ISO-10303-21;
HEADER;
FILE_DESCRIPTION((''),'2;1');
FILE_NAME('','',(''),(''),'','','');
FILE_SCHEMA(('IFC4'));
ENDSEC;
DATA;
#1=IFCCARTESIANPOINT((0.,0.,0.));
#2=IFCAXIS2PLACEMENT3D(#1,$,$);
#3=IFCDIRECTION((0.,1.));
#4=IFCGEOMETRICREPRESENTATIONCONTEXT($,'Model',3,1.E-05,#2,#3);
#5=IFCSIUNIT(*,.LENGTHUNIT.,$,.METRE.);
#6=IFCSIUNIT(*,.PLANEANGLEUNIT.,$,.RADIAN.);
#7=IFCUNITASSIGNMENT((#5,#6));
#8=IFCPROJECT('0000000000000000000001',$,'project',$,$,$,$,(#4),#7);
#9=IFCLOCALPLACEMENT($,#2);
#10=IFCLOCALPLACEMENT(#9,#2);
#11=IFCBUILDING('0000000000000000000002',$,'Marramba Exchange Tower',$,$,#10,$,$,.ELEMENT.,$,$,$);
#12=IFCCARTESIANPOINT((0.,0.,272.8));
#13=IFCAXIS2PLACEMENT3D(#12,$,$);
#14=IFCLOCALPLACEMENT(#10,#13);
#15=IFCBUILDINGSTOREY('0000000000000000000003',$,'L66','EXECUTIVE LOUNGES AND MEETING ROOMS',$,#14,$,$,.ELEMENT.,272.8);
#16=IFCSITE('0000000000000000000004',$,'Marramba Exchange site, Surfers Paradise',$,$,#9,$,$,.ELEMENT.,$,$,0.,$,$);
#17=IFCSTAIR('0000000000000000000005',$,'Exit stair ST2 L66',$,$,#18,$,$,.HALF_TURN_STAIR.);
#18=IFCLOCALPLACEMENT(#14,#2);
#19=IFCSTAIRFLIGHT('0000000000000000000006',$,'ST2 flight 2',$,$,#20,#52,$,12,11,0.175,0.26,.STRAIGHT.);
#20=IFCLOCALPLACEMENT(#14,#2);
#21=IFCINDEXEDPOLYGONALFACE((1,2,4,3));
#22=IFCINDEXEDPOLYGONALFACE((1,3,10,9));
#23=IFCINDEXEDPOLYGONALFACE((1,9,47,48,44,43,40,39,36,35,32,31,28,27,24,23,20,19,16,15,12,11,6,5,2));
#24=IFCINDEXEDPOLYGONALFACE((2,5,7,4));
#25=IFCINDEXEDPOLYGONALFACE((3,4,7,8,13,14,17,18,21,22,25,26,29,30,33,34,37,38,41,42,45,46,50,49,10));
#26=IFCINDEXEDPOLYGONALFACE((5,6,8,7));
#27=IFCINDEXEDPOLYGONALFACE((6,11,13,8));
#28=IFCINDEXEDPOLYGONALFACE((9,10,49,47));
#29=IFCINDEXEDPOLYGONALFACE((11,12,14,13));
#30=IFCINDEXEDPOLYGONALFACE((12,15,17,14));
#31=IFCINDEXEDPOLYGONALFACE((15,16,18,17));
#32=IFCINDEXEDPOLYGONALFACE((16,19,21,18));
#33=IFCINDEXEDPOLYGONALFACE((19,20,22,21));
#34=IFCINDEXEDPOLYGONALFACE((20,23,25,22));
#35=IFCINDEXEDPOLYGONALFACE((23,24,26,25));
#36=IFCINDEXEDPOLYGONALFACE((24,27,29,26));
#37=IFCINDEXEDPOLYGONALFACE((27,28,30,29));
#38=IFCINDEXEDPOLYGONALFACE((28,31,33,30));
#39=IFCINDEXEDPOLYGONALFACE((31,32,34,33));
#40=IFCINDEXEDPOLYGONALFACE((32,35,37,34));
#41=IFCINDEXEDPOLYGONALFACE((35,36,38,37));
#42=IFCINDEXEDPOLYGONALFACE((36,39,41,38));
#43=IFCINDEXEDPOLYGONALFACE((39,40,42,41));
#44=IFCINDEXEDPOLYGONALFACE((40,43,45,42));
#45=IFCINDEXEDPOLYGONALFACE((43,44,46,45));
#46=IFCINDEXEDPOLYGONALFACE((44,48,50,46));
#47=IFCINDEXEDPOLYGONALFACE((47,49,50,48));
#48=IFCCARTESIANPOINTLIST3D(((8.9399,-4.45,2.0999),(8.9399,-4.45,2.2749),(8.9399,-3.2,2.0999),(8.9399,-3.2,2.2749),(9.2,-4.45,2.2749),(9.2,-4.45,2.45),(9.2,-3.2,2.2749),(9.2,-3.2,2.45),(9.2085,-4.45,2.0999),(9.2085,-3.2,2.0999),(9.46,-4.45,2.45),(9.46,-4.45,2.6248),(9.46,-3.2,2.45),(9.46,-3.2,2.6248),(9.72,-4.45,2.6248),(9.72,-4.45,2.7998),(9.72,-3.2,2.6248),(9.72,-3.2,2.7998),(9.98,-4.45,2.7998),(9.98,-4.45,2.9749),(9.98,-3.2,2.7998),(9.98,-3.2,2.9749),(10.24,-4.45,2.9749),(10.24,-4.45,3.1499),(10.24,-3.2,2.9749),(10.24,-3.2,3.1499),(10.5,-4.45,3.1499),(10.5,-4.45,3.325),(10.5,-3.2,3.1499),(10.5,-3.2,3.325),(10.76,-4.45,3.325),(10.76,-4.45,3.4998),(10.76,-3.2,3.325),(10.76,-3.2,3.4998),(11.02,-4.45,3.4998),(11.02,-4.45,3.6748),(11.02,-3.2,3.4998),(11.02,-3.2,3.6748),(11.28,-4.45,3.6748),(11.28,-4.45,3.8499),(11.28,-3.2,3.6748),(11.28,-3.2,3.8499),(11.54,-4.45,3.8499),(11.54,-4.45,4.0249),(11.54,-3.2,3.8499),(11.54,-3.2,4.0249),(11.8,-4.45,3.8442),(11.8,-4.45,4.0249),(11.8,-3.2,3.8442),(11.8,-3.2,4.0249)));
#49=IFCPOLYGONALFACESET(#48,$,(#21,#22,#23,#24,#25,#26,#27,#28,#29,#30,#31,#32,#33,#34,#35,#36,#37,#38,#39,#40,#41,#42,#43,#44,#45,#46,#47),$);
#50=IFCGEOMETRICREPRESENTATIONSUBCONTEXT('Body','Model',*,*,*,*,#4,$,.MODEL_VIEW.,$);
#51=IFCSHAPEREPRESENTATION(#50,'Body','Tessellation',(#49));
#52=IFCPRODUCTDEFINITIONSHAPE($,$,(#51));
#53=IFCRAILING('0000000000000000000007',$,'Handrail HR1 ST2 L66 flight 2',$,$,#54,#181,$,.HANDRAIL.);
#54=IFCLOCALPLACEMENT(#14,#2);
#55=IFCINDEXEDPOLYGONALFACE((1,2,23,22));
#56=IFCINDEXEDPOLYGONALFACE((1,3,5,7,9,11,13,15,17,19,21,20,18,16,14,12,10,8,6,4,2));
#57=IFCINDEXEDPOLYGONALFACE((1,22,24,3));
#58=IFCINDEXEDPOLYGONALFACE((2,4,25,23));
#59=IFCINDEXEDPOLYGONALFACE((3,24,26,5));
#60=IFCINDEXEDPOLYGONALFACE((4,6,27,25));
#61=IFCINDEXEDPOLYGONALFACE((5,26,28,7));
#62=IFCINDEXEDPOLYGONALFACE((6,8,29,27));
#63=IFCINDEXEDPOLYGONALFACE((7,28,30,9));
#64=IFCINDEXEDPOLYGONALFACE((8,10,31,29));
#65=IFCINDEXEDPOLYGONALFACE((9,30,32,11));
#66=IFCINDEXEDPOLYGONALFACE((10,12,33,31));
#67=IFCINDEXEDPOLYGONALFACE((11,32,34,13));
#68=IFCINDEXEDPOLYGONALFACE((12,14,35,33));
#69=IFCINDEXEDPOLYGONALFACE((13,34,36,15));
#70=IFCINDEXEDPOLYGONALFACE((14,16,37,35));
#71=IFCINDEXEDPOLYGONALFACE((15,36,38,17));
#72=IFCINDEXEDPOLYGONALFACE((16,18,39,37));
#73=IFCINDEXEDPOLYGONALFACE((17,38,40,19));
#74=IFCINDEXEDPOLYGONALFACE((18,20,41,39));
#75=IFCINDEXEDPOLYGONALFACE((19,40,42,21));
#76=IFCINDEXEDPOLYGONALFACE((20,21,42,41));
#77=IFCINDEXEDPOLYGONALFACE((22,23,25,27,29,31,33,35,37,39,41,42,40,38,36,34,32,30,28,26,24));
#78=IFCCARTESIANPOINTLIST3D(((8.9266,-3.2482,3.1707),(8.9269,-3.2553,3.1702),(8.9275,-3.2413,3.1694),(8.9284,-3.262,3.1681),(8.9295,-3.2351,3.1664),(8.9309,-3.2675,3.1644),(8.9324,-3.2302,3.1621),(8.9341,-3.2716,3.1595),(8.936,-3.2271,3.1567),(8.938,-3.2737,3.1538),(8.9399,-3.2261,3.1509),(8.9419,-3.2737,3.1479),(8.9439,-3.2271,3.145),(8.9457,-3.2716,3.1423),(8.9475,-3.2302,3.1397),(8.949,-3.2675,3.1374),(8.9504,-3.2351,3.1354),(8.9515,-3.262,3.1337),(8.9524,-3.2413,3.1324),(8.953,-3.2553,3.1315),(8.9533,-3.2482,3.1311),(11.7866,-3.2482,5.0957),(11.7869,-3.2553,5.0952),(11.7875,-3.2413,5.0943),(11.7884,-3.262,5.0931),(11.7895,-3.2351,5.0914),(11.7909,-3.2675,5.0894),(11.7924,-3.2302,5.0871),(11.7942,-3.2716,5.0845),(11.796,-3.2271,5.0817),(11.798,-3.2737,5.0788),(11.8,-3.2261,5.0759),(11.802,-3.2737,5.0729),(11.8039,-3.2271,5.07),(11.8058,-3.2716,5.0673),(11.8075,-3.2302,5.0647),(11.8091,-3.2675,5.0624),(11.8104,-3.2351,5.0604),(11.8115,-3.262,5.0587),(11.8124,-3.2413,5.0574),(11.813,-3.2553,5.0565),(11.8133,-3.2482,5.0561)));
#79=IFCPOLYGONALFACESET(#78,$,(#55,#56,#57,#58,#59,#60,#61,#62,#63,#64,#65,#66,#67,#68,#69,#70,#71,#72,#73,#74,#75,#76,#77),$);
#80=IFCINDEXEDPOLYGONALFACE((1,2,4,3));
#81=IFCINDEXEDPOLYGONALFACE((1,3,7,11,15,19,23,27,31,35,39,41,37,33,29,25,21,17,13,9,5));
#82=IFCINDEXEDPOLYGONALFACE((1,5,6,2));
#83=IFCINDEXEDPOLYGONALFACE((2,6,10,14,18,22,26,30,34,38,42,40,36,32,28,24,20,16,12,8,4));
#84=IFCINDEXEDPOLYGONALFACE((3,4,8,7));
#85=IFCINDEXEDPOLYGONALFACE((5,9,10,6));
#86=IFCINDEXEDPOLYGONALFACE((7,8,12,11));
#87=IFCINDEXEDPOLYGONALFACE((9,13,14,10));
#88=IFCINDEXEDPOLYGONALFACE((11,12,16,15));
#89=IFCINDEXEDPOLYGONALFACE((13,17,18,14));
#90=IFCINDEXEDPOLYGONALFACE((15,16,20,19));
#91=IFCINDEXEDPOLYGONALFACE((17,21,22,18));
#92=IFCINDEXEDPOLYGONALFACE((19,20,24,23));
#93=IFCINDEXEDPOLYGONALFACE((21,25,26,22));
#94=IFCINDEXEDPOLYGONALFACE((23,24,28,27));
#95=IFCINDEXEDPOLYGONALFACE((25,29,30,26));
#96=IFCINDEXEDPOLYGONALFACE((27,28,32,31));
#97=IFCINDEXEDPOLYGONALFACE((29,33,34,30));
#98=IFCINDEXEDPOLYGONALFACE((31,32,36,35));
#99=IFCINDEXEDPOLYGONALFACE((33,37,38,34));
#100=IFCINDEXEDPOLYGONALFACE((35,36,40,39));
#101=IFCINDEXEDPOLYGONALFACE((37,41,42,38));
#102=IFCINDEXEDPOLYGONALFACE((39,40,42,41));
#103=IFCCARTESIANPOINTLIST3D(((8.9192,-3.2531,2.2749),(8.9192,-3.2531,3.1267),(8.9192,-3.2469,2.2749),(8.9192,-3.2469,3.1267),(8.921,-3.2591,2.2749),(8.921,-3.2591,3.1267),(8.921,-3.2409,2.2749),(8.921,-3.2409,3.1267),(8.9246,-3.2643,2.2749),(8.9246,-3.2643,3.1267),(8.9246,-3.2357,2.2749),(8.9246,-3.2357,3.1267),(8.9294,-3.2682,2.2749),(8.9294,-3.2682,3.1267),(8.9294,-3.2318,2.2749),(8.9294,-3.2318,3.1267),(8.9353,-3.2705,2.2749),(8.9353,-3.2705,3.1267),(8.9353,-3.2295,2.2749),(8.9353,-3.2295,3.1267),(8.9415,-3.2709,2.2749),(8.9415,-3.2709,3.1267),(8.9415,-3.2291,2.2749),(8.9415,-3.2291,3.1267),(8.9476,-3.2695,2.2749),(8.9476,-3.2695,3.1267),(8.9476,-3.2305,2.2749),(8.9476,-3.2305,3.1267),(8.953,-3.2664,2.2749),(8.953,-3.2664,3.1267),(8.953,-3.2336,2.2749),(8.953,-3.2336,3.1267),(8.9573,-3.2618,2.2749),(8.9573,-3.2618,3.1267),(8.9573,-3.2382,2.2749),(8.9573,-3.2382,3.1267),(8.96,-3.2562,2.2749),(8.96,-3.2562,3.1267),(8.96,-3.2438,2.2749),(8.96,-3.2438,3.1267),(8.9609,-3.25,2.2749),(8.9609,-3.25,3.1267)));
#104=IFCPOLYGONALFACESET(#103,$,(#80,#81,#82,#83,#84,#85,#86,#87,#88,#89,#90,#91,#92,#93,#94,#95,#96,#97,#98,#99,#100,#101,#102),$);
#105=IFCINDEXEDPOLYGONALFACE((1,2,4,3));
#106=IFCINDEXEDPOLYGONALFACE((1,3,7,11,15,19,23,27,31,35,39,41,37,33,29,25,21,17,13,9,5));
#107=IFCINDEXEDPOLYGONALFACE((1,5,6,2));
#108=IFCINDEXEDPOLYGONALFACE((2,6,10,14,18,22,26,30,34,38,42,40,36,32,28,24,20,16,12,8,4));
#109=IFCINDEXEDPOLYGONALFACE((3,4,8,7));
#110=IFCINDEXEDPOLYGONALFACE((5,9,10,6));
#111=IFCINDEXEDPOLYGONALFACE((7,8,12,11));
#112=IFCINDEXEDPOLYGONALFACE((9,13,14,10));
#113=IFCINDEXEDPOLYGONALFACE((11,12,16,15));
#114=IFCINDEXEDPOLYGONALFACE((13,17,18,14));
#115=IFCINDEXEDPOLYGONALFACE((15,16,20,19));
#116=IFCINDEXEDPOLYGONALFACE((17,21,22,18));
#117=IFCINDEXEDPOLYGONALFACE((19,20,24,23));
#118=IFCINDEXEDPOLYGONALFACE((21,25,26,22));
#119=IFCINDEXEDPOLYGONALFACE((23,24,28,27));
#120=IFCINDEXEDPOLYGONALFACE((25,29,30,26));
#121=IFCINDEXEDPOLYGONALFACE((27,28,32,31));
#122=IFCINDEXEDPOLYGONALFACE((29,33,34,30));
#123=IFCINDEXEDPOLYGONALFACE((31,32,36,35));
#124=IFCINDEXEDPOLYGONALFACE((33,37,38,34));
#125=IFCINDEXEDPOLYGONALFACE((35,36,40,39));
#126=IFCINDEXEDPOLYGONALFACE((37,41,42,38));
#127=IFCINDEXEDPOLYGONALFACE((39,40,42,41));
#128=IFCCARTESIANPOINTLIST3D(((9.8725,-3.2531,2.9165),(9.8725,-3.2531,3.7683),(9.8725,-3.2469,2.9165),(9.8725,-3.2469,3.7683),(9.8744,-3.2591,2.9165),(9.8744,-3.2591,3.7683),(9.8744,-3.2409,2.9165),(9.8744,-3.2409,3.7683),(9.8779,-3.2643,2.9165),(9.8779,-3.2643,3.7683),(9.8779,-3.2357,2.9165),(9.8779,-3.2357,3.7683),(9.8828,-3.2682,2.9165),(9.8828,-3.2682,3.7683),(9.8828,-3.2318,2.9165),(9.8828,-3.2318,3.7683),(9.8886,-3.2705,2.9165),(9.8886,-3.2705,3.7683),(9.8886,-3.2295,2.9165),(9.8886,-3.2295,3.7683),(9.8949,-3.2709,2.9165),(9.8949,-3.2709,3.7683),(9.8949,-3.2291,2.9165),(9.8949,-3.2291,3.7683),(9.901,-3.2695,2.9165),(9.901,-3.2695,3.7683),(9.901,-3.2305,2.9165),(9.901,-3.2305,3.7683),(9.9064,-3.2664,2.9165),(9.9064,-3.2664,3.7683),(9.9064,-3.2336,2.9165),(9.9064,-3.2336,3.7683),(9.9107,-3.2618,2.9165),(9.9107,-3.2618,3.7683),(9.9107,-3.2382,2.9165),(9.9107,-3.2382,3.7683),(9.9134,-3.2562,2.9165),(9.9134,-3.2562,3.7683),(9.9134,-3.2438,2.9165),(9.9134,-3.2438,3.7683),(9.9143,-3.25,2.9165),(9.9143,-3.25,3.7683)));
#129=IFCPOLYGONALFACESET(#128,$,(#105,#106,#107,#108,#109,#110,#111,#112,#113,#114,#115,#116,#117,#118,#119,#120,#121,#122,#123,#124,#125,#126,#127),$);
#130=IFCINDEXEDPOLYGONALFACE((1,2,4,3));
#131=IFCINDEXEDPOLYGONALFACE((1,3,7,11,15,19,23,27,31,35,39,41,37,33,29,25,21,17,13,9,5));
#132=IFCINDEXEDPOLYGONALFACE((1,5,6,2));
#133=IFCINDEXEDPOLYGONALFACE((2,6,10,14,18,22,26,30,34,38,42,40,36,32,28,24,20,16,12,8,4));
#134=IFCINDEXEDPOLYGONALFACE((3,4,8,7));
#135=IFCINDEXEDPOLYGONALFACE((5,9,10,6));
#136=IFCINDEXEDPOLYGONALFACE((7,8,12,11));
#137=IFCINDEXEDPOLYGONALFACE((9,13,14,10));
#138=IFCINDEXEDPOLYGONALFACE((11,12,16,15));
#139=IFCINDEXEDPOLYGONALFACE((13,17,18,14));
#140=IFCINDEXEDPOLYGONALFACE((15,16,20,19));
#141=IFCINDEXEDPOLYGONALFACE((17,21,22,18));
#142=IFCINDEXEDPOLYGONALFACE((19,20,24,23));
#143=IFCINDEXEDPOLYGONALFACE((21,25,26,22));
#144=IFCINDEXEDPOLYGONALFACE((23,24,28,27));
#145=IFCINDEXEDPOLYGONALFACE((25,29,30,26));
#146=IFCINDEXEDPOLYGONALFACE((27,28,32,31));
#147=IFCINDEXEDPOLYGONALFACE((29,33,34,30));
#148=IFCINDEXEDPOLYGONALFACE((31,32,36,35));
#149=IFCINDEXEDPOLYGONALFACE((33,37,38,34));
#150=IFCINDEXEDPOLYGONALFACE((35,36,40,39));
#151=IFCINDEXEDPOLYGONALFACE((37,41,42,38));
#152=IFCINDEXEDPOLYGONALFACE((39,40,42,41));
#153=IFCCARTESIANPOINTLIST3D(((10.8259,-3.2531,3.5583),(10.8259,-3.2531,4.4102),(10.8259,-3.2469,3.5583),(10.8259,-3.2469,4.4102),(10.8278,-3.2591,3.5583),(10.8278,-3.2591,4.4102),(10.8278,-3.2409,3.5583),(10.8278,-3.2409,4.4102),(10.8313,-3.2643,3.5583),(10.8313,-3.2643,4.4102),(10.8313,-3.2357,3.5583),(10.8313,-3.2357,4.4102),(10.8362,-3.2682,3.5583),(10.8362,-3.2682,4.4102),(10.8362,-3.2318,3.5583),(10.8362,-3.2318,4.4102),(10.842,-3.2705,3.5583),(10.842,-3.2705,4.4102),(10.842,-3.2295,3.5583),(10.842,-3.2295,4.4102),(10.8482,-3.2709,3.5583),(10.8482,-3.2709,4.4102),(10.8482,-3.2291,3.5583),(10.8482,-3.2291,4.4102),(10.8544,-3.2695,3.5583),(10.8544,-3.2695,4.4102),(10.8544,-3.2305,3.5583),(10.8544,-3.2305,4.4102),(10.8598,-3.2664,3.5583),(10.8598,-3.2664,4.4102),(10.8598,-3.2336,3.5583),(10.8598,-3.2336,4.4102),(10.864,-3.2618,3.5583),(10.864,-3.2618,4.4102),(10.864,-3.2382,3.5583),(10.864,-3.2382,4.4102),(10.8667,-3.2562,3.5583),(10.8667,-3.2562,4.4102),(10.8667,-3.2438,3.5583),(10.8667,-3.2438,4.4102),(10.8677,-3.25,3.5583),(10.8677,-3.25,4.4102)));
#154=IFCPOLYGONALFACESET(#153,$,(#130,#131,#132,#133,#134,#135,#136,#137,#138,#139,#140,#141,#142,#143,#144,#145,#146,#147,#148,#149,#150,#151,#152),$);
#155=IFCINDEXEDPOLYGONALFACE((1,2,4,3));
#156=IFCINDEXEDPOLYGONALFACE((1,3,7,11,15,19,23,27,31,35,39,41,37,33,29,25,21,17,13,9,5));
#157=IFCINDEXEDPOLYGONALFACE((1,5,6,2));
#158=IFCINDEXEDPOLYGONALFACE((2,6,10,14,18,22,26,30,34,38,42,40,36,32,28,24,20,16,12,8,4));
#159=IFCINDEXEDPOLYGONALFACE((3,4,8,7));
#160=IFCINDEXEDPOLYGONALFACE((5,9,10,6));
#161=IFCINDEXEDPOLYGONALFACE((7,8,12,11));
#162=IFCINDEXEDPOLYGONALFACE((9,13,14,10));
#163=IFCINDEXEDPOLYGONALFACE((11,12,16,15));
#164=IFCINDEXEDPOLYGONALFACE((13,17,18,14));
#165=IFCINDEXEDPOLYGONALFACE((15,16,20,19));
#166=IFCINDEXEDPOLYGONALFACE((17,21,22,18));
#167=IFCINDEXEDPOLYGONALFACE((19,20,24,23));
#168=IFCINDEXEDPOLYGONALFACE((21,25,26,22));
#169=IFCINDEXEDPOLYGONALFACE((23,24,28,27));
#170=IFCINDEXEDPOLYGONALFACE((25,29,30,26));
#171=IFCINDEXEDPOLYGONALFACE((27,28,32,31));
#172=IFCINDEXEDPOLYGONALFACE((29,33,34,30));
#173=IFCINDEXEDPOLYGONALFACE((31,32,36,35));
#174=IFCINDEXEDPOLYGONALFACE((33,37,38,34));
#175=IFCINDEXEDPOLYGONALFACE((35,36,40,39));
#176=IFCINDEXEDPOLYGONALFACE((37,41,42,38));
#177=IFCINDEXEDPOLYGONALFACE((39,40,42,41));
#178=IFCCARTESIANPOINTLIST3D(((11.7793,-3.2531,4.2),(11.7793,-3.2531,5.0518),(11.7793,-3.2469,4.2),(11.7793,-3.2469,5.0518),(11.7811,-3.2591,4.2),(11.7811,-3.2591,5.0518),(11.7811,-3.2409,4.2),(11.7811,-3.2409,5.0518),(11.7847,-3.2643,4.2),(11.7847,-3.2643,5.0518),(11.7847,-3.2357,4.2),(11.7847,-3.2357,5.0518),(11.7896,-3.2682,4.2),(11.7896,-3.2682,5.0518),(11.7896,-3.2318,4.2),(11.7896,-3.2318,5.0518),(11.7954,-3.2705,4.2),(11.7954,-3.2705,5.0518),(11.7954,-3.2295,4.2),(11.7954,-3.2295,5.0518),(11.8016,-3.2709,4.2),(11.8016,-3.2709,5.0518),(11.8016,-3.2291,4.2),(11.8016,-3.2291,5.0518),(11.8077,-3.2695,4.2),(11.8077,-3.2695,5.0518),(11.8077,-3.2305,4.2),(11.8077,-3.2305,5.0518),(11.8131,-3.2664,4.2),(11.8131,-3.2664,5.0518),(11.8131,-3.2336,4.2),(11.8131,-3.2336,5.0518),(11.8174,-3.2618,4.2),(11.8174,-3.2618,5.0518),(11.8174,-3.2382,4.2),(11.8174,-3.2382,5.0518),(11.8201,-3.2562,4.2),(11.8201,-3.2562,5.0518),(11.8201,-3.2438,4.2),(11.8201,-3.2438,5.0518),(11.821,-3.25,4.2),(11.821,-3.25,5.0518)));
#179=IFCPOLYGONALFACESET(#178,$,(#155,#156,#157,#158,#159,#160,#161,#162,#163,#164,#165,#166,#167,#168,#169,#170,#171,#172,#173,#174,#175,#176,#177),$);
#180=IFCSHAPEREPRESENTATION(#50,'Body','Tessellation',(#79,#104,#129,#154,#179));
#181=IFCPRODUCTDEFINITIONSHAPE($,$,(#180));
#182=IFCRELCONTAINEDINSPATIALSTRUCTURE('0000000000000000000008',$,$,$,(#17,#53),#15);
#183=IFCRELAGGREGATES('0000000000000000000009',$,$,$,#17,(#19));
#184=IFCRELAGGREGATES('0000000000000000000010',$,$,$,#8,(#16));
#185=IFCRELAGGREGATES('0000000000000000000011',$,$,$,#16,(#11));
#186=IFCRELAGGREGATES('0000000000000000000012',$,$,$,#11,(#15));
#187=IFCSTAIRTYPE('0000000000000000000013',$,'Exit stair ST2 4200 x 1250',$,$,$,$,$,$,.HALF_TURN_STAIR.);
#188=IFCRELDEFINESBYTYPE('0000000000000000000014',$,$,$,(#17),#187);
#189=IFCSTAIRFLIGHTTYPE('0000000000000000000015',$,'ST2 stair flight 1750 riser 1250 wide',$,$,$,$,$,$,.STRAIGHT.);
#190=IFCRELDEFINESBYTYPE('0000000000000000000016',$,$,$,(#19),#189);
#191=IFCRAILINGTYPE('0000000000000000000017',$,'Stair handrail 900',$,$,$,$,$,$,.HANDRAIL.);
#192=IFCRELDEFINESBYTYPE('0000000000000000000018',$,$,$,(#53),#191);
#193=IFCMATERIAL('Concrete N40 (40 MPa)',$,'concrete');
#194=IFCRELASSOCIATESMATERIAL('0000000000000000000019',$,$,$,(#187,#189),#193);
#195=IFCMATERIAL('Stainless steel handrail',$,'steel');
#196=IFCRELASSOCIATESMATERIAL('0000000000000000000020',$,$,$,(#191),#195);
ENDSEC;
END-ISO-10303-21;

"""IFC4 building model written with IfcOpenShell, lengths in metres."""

from ifc_helpers import new_model, si_unit, direction, frame, origin, origin_2d, place, context, subcontext, project, spatial, polyline, circle, outline, extrude, material, type_object, element, aggregate, save


model = new_model("IFC4")

# Units and contexts
model_context = context("Model", 3, precision=1e-05, world=origin(), true_north=direction((0.0, 1.0)))
body_context = subcontext(model_context, "Body", "Model", "MODEL_VIEW")
ifc_project = project(units=[si_unit("LENGTHUNIT", "METRE"), si_unit("PLANEANGLEUNIT", "RADIAN")], contexts=[model_context])

# Site, building, storey
site_placement = place(None, origin())
site = spatial("IfcSite", under=ifc_project, at=site_placement, Name="Marramba Exchange site, Surfers Paradise", CompositionType="ELEMENT", RefElevation=0.0)
building_placement = place(site_placement, origin())
building = spatial("IfcBuilding", under=site, at=building_placement, Name="Marramba Exchange Tower", CompositionType="ELEMENT")
storey_placement = place(building_placement, frame((0.0, 0.0, 272.8)))
storey = spatial("IfcBuildingStorey", under=building, at=storey_placement, Name="L66", Description="EXECUTIVE LOUNGES AND MEETING ROOMS", CompositionType="ELEMENT", Elevation=272.8)

# Stair
ifc_material_1 = material(Name="Concrete N40 (40 MPa)", Category="concrete")
stair_type_1 = type_object("IfcStairType", Name="Exit stair ST2 4200 x 1250", PredefinedType="HALF_TURN_STAIR", material=ifc_material_1)
stair_1_placement = place(storey_placement, origin())
stair_1 = element("IfcStair", 1, at=stair_1_placement, inside=storey, type_object=stair_type_1, Name="Exit stair ST2 L66", PredefinedType="HALF_TURN_STAIR")

# Stair flight
stair_flight_type = type_object("IfcStairFlightType", Name="ST2 stair flight 1750 riser 1250 wide", PredefinedType="STRAIGHT", material=ifc_material_1)
stair_flight_placement = place(storey_placement, frame((8.9399, -3.825, 2.0999), z_axis=(0.0, 0.0, 1.0), x_axis=(1.0, 0.0, 0.0)))
stair_flight = element("IfcStairFlight", 2, at=stair_flight_placement, type_object=stair_flight_type, Name="ST2 flight 2", NumberOfRisers=12, NumberOfTreads=11, PredefinedType="STRAIGHT", RiserHeight=0.175, TreadLength=0.26, context=body_context, shape_type="SweptSolid", body=[
    extrude(outline(polyline([(0.0, 0.0), (0.0, 0.175), (0.26, 0.175), (0.26, 0.3501), (0.52, 0.3501), (0.52, 0.5249), (0.78, 0.5249), (0.78, 0.7), (1.04, 0.7), (1.04, 0.875), (1.3, 0.875), (1.3, 1.05), (1.5601, 1.05), (1.5601, 1.2251), (1.8201, 1.2251), (1.8201, 1.3999), (2.0801, 1.3999), (2.0801, 1.575), (2.3401, 1.575), (2.3401, 1.75), (2.6001, 1.75), (2.6001, 1.925), (2.8601, 1.925), (2.8601, 2.1001), (2.8601, 1.7444), (0.2686, 0.0), (0.0, 0.0)])), frame((0.0, 0.625, 0.0), z_axis=(0.0, -1.0, 0.0), x_axis=(1.0, 0.0, 0.0)), (0.0, 0.0, 1.0), 1.25),
])
aggregate(stair_1, [stair_flight])

# Railing
ifc_material_2 = material(Name="Stainless steel handrail", Category="steel")
railing_type = type_object("IfcRailingType", Name="Stair handrail 900", PredefinedType="HANDRAIL", material=ifc_material_2)
railing_placement = place(storey_placement, frame((8.9399, -3.25, 2.2749)))
element("IfcRailing", 3, at=railing_placement, inside=storey, type_object=railing_type, Name="Handrail HR1 ST2 L66 flight 2", PredefinedType="HANDRAIL", context=body_context, shape_type="SweptSolid", body=[
    extrude(circle(Radius=0.0239, at=origin_2d()), frame((0.0, 0.0, 0.876), z_axis=(0.829591, 0.0, 0.558372), x_axis=(0.0, 1.0, 0.0)), (0.0, 0.0, 1.0), 3.4475),
    extrude(circle(Radius=0.021, at=origin_2d()), origin(), (0.0, 0.0, 1.0), 0.8518),
    extrude(circle(Radius=0.021, at=origin_2d()), frame((0.9534, 0.0, 0.6416)), (0.0, 0.0, 1.0), 0.8518),
    extrude(circle(Radius=0.021, at=origin_2d()), frame((1.9067, 0.0, 1.2834)), (0.0, 0.0, 1.0), 0.8518),
    extrude(circle(Radius=0.021, at=origin_2d()), frame((2.8601, 0.0, 1.925)), (0.0, 0.0, 1.0), 0.8518),
])

save(model, "model.ifc")
